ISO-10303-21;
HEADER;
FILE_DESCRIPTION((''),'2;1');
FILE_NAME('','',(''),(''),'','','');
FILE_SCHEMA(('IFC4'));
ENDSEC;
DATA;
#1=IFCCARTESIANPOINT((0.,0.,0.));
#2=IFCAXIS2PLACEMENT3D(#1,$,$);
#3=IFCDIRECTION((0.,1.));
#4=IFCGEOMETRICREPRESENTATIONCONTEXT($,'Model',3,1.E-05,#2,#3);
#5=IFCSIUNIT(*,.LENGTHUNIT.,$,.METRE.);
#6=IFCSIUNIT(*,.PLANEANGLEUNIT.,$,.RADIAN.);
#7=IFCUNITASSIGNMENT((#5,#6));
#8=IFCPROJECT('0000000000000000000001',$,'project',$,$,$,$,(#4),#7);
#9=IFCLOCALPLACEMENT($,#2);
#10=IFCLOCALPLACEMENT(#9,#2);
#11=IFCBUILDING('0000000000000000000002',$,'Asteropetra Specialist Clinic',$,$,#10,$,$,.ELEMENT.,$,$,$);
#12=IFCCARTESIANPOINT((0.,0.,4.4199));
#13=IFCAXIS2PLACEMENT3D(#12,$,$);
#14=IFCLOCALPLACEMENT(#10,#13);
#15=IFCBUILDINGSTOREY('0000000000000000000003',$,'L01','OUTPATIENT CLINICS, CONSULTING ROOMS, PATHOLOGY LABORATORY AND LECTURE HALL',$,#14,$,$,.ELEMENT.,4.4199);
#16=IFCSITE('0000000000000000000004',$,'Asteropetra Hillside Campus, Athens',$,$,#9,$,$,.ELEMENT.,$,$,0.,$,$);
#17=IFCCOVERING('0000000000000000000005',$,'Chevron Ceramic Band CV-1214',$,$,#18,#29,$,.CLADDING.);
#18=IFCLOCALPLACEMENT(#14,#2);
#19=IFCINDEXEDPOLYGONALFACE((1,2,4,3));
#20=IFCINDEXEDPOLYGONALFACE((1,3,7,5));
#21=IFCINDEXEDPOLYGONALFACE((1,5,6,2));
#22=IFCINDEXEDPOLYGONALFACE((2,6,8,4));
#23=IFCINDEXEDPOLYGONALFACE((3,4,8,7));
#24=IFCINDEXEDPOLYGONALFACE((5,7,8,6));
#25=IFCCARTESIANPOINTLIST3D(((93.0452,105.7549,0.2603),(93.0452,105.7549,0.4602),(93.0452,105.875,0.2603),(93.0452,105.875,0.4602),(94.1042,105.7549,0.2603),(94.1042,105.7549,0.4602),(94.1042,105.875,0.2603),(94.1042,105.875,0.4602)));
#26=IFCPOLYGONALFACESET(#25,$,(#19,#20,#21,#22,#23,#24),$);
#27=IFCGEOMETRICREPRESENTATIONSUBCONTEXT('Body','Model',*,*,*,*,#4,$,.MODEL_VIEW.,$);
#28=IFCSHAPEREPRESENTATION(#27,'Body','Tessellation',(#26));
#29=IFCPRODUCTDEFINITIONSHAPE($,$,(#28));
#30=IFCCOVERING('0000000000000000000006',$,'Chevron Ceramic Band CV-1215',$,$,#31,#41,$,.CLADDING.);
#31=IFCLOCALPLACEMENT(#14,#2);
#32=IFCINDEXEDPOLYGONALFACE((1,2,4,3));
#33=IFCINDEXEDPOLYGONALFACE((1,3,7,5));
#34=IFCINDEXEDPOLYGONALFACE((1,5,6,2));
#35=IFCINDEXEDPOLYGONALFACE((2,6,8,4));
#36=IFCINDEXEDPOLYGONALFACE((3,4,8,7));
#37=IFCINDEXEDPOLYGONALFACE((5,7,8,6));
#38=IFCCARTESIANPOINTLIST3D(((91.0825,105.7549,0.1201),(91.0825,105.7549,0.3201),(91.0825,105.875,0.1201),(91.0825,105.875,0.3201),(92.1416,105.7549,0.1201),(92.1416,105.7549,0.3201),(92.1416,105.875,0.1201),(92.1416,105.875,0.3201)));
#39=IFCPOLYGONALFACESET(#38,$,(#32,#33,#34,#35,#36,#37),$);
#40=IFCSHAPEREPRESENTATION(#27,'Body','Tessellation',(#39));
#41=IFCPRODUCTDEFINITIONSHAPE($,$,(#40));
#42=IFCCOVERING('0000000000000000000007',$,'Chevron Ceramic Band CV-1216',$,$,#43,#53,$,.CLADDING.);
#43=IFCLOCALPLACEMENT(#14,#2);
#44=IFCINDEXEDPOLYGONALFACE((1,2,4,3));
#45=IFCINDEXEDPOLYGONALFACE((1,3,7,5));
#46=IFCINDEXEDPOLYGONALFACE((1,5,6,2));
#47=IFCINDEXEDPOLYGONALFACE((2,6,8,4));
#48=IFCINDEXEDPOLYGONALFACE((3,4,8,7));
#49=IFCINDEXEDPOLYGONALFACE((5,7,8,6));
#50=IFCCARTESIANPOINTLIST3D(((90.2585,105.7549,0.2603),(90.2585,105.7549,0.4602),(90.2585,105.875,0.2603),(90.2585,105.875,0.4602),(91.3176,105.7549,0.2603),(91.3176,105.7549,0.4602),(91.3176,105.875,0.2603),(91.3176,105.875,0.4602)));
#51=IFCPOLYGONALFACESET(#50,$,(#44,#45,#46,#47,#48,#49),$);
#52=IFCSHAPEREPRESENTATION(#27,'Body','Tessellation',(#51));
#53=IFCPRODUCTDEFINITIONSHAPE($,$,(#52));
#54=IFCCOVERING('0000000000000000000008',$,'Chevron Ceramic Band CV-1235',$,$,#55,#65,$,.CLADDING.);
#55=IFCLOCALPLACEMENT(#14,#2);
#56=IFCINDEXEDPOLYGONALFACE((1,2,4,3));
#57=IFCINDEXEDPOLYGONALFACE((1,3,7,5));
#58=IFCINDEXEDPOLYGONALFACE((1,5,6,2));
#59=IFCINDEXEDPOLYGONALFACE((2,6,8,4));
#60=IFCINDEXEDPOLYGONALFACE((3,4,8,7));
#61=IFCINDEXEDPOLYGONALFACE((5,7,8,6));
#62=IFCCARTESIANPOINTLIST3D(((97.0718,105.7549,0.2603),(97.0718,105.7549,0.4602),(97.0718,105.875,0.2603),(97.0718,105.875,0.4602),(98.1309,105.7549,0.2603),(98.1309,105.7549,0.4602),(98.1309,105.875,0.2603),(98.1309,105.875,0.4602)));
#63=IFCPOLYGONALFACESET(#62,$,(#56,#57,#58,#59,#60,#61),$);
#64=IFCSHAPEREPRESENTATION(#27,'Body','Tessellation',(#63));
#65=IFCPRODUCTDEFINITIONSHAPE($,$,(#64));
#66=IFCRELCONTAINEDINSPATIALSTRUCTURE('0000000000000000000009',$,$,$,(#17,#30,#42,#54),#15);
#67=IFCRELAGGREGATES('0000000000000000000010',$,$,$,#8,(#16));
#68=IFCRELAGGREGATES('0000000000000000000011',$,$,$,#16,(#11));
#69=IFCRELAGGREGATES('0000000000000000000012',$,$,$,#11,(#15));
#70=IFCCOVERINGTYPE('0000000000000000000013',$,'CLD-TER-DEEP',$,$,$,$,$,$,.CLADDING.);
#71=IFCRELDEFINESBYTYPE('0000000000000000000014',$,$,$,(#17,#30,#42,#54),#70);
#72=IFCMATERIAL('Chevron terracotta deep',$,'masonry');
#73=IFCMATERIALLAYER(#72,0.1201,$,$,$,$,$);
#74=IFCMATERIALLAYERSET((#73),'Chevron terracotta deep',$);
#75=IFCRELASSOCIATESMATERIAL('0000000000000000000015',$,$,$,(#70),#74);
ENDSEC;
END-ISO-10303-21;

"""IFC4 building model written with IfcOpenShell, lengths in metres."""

from ifc_helpers import new_model, si_unit, direction, frame, origin, origin_2d, place, context, subcontext, project, spatial, rectangle, extrude, material, layer, layer_set, type_object, element, save


model = new_model("IFC4")

# Units and contexts
model_context = context("Model", 3, precision=1e-05, world=origin(), true_north=direction((0.0, 1.0)))
body_context = subcontext(model_context, "Body", "Model", "MODEL_VIEW")
ifc_project = project(units=[si_unit("LENGTHUNIT", "METRE"), si_unit("PLANEANGLEUNIT", "RADIAN")], contexts=[model_context])

# Site, building, storey
site_placement = place(None, origin())
site = spatial("IfcSite", under=ifc_project, at=site_placement, Name="Asteropetra Hillside Campus, Athens", CompositionType="ELEMENT", RefElevation=0.0)
building_placement = place(site_placement, origin())
building = spatial("IfcBuilding", under=site, at=building_placement, Name="Asteropetra Specialist Clinic", CompositionType="ELEMENT")
storey_placement = place(building_placement, frame((0.0, 0.0, 4.4199)))
storey = spatial("IfcBuildingStorey", under=building, at=storey_placement, Name="L01", Description="OUTPATIENT CLINICS, CONSULTING ROOMS, PATHOLOGY LABORATORY AND LECTURE HALL", CompositionType="ELEMENT", Elevation=4.4199)

# Coverings
ifc_material_1 = material(Name="Chevron terracotta deep", Category="masonry")
ifc_layer_1 = layer(ifc_material_1, 0.1201)
ifc_layer_set_1 = layer_set([ifc_layer_1], Name="Chevron terracotta deep")
covering_type = type_object("IfcCoveringType", Name="CLD-TER-DEEP", PredefinedType="CLADDING", material=ifc_layer_set_1)
for number, where, z_axis, x_axis, name in (
    (1, (93.5747, 105.8149, 0.2603), (0.0, 0.0, 1.0), (1.0, 0.0, 0.0), "Chevron Ceramic Band CV-1214"),
    (2, (91.6121, 105.8149, 0.1201), (0.0, 0.0, 1.0), (1.0, 0.0, 0.0), "Chevron Ceramic Band CV-1215"),
    (3, (90.7881, 105.8149, 0.2603), (0.0, 0.0, 1.0), (1.0, 0.0, 0.0), "Chevron Ceramic Band CV-1216"),
    (4, (97.6013, 105.8149, 0.2603), (0.0, 0.0, 1.0), (1.0, 0.0, 0.0), "Chevron Ceramic Band CV-1235"),
):
    element("IfcCovering", number, at=place(storey_placement, frame(where, z_axis=z_axis, x_axis=x_axis)), inside=storey, type_object=covering_type, Name=name, PredefinedType="CLADDING", context=body_context, shape_type="SweptSolid", body=[
        extrude(rectangle(XDim=1.0591, YDim=0.1201, at=origin_2d()), origin(), (0.0, 0.0, 1.0), 0.2),
    ])

save(model, "model.ifc")
